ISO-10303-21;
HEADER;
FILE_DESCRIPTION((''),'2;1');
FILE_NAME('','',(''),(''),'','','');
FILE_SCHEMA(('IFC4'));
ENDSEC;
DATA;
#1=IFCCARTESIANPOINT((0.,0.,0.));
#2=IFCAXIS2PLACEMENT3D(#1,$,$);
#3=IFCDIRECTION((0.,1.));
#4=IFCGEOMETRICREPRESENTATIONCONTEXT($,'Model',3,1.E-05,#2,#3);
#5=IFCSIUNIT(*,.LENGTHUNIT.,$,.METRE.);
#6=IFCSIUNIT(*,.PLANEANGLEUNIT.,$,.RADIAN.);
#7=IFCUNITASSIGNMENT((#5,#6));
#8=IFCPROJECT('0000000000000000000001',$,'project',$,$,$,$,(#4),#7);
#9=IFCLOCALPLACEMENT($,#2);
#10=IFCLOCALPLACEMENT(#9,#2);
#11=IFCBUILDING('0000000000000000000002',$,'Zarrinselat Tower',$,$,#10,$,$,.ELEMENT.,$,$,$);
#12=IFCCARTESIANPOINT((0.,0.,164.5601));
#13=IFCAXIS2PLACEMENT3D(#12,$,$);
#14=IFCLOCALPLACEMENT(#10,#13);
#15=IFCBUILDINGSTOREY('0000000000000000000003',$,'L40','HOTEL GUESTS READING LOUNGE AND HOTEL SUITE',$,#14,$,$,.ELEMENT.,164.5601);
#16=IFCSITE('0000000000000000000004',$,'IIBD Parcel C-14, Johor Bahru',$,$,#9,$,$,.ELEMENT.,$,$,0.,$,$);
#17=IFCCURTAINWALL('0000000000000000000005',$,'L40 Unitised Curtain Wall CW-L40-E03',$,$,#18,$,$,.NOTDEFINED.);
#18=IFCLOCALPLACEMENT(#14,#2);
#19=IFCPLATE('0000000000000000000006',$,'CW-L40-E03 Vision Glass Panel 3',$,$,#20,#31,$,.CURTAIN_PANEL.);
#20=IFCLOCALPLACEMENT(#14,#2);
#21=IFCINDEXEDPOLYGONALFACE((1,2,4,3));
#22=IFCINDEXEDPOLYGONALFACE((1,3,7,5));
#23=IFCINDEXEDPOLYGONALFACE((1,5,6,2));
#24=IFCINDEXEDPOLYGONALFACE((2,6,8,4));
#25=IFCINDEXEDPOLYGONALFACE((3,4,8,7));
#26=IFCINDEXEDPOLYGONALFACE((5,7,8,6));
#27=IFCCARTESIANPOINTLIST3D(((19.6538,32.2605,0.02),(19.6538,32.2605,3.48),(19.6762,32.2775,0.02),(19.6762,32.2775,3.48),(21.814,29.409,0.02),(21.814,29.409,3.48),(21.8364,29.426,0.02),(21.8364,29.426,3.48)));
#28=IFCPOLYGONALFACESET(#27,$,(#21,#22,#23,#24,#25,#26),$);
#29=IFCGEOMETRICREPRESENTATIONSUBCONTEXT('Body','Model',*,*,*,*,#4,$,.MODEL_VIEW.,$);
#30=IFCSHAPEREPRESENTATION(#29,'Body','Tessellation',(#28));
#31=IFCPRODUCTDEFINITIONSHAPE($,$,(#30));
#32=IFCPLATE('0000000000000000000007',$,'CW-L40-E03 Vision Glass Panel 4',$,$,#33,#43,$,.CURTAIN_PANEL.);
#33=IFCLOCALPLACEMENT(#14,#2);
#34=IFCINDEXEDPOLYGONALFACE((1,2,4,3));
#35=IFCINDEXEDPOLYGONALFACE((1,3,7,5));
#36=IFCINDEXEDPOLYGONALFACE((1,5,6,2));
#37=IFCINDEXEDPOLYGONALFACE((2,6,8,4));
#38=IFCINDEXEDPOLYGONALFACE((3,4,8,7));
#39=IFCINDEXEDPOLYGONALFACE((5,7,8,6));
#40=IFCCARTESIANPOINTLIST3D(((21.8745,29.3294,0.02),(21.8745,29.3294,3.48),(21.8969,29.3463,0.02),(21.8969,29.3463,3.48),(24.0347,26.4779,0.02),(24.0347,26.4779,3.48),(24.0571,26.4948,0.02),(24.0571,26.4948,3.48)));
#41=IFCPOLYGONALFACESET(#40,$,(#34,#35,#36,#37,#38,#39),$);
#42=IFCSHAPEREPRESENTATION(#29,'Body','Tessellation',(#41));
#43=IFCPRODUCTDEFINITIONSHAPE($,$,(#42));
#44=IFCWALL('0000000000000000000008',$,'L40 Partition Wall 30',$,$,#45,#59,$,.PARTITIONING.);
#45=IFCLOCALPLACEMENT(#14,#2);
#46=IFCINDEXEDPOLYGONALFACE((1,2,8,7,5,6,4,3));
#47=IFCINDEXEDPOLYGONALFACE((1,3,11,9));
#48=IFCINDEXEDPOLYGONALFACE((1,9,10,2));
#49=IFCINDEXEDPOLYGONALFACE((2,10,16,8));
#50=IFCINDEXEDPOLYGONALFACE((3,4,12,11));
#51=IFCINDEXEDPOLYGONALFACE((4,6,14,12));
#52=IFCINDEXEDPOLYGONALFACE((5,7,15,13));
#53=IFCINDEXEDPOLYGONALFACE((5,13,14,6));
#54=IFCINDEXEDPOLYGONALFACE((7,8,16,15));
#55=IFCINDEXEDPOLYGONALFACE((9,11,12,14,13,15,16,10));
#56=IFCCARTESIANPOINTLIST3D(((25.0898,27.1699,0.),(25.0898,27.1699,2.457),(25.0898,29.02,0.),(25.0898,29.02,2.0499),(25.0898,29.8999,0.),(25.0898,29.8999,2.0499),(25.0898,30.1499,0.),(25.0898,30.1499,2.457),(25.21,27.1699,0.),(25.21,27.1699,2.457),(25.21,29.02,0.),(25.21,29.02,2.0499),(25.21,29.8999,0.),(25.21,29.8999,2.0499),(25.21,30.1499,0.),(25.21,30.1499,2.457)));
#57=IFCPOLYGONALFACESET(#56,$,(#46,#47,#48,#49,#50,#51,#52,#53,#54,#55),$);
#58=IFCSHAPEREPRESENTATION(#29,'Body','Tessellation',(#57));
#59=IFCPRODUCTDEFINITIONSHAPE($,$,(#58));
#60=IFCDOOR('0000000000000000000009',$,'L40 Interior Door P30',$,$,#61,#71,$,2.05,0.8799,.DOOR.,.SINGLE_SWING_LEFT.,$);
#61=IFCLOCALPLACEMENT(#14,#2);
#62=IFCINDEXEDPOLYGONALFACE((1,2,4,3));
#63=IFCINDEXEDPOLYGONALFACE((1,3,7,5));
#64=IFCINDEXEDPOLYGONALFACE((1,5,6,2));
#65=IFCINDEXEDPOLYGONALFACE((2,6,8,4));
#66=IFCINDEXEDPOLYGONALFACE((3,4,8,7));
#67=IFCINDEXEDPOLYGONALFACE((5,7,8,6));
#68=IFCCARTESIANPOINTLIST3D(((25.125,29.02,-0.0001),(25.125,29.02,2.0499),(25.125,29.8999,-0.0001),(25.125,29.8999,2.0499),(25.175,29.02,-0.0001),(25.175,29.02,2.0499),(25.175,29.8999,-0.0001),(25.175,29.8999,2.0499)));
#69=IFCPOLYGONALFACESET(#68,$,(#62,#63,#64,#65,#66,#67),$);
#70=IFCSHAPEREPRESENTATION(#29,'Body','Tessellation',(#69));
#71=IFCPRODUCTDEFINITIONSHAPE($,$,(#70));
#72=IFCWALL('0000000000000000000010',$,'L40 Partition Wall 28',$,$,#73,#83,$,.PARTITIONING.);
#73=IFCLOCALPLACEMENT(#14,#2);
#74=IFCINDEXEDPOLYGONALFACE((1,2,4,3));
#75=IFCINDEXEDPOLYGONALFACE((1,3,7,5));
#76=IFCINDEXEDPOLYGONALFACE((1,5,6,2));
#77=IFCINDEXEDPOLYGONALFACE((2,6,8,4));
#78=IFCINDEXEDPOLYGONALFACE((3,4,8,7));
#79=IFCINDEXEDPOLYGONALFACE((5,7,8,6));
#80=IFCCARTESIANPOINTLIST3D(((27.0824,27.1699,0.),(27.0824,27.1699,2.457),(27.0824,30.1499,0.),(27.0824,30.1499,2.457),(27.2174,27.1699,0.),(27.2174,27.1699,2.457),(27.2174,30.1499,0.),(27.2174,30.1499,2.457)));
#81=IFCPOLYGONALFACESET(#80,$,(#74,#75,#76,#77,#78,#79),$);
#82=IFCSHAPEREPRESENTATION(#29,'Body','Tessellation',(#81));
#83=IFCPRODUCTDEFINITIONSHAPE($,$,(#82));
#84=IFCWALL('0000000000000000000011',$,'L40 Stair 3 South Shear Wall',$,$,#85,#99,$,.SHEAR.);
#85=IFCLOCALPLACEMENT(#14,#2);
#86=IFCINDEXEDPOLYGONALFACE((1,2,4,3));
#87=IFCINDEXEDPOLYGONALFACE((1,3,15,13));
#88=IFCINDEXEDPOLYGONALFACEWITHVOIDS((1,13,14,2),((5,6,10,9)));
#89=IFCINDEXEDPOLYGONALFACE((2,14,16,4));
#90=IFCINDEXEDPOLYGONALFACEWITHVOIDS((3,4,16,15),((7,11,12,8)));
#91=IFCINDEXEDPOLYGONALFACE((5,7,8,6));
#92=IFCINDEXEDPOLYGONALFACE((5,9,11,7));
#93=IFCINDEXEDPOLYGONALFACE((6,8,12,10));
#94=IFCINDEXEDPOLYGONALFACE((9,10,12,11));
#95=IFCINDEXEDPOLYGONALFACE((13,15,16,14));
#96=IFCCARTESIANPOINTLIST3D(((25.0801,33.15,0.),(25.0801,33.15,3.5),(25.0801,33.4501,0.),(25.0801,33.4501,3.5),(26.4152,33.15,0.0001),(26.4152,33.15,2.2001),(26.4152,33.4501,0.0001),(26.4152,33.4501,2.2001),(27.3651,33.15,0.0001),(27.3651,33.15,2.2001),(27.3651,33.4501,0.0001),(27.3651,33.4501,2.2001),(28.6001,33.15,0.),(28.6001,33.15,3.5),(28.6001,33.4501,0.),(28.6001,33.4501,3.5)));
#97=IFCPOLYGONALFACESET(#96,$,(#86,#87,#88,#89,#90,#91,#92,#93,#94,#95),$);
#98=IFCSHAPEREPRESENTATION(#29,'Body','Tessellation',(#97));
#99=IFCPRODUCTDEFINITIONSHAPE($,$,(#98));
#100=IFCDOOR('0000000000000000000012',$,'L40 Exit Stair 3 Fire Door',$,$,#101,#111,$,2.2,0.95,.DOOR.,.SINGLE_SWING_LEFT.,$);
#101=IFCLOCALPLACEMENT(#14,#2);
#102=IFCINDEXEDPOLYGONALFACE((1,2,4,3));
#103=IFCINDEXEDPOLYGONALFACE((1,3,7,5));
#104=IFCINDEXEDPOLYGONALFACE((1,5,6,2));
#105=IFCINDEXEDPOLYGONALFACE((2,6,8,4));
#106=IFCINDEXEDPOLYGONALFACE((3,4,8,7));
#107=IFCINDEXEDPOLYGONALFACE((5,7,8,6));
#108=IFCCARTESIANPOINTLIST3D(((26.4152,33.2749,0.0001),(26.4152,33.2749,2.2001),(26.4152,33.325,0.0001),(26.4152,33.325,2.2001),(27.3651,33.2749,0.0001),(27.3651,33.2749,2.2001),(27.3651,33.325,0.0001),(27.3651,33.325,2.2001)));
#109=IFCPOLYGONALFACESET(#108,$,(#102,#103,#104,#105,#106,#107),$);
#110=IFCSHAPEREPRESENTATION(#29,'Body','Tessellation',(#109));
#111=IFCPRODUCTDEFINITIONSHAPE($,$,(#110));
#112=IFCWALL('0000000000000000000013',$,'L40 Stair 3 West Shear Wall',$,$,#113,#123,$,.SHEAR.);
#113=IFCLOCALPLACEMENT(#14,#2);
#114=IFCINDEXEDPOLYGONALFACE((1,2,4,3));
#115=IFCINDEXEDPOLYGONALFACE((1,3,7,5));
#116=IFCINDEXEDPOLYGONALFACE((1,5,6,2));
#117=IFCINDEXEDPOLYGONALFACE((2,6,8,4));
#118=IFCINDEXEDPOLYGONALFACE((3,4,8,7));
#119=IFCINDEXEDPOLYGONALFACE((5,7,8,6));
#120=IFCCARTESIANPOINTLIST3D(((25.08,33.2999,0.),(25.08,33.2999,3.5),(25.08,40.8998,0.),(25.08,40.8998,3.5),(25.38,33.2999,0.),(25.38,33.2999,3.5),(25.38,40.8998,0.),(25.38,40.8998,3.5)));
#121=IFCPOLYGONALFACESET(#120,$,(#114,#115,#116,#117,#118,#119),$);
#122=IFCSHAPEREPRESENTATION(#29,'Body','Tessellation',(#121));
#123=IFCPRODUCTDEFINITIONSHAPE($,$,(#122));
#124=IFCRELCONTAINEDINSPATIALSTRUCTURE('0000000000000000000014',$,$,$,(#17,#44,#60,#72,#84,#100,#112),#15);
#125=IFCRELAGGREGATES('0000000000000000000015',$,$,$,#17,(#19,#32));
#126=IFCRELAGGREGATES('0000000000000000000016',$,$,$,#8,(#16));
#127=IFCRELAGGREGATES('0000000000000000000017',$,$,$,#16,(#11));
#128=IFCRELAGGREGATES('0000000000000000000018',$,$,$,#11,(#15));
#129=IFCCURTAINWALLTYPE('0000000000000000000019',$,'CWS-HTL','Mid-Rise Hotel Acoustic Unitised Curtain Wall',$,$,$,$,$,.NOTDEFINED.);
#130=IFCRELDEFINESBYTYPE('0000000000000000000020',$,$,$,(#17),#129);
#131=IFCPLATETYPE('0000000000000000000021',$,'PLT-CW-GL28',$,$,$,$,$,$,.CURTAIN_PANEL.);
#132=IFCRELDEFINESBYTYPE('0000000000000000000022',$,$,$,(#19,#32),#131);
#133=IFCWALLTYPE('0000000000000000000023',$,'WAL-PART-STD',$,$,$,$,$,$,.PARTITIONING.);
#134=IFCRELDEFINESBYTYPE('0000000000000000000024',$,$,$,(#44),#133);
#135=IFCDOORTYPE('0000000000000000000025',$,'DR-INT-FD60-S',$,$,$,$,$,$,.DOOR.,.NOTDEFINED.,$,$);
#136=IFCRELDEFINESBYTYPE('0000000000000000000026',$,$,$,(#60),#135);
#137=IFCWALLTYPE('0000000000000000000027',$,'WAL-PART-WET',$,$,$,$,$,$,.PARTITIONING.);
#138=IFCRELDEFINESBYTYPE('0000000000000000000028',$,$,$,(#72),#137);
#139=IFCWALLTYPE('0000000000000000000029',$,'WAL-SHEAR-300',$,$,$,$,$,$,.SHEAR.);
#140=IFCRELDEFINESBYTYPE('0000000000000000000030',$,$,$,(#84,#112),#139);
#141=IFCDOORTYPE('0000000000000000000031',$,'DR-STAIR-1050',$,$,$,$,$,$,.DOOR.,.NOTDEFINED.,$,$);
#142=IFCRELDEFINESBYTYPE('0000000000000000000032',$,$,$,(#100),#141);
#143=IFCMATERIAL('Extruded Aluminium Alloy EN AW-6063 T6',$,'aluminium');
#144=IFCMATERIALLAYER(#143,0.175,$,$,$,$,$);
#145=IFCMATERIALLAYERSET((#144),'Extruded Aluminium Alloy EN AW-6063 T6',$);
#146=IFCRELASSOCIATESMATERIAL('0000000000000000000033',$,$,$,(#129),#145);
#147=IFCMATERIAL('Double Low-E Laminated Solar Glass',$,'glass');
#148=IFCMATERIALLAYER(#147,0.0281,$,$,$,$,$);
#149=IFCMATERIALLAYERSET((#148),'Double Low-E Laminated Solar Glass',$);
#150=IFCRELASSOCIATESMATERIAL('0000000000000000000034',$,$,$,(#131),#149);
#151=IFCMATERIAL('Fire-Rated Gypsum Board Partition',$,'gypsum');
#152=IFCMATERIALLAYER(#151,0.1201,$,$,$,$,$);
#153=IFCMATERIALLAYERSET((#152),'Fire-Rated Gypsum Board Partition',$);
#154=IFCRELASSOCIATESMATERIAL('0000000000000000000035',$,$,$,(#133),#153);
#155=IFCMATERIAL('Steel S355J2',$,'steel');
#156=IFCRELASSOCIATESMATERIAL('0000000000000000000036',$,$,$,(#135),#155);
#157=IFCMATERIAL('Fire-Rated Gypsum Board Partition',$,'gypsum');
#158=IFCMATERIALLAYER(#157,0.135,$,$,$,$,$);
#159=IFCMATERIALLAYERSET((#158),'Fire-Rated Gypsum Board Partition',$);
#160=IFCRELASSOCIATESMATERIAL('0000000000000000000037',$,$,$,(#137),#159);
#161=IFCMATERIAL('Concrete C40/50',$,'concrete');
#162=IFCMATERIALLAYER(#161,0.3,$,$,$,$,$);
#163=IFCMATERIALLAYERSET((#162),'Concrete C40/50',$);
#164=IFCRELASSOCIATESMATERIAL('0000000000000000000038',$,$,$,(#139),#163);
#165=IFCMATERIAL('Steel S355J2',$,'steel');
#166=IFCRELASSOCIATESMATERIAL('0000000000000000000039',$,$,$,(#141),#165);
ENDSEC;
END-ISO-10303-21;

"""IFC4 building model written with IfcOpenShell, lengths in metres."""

from ifc_helpers import new_model, si_unit, direction, frame, frame_2d, origin, origin_2d, place, context, subcontext, project, spatial, rectangle, extrude, material, layer, layer_set, type_object, element, fill, aggregate, save


model = new_model("IFC4")

# Units and contexts
model_context = context("Model", 3, precision=1e-05, world=origin(), true_north=direction((0.0, 1.0)))
body_context = subcontext(model_context, "Body", "Model", "MODEL_VIEW")
ifc_project = project(units=[si_unit("LENGTHUNIT", "METRE"), si_unit("PLANEANGLEUNIT", "RADIAN")], contexts=[model_context])

# Site, building, storey
site_placement = place(None, origin())
site = spatial("IfcSite", under=ifc_project, at=site_placement, Name="IIBD Parcel C-14, Johor Bahru", CompositionType="ELEMENT", RefElevation=0.0)
building_placement = place(site_placement, origin())
building = spatial("IfcBuilding", under=site, at=building_placement, Name="Zarrinselat Tower", CompositionType="ELEMENT")
storey_placement = place(building_placement, frame((0.0, 0.0, 164.5601)))
storey = spatial("IfcBuildingStorey", under=building, at=storey_placement, Name="L40", Description="HOTEL GUESTS READING LOUNGE AND HOTEL SUITE", CompositionType="ELEMENT", Elevation=164.5601)

# Curtain wall, plates
ifc_material_1 = material(Name="Extruded Aluminium Alloy EN AW-6063 T6", Category="aluminium")
ifc_layer_1 = layer(ifc_material_1, 0.175)
ifc_layer_set_1 = layer_set([ifc_layer_1], Name="Extruded Aluminium Alloy EN AW-6063 T6")
curtain_wall_type = type_object("IfcCurtainWallType", Name="CWS-HTL", Description="Mid-Rise Hotel Acoustic Unitised Curtain Wall", PredefinedType="NOTDEFINED", material=ifc_layer_set_1)
curtain_wall_placement = place(storey_placement, origin())
curtain_wall = element("IfcCurtainWall", 1, at=curtain_wall_placement, inside=storey, type_object=curtain_wall_type, Name="L40 Unitised Curtain Wall CW-L40-E03", PredefinedType="NOTDEFINED")
ifc_material_2 = material(Name="Double Low-E Laminated Solar Glass", Category="glass")
ifc_layer_2 = layer(ifc_material_2, 0.0281)
ifc_layer_set_2 = layer_set([ifc_layer_2], Name="Double Low-E Laminated Solar Glass")
plate_type = type_object("IfcPlateType", Name="PLT-CW-GL28", PredefinedType="CURTAIN_PANEL", material=ifc_layer_set_2)
plate_1_placement = place(storey_placement, frame((20.7451, 30.8433, 0.02), z_axis=(0.0, 0.0, 1.0), x_axis=(0.603858, -0.797092, 0.0)))
plate_1 = element("IfcPlate", 2, at=plate_1_placement, type_object=plate_type, Name="CW-L40-E03 Vision Glass Panel 3", PredefinedType="CURTAIN_PANEL", context=body_context, shape_type="SweptSolid", body=[
    extrude(rectangle(XDim=3.5774, YDim=0.0281, at=origin_2d()), origin(), (0.0, 0.0, 1.0), 3.46),
])
plate_2_placement = place(storey_placement, frame((22.9658, 27.9121, 0.02), z_axis=(0.0, 0.0, 1.0), x_axis=(0.603858, -0.797092, 0.0)))
plate_2 = element("IfcPlate", 3, at=plate_2_placement, type_object=plate_type, Name="CW-L40-E03 Vision Glass Panel 4", PredefinedType="CURTAIN_PANEL", context=body_context, shape_type="SweptSolid", body=[
    extrude(rectangle(XDim=3.5774, YDim=0.0281, at=origin_2d()), origin(), (0.0, 0.0, 1.0), 3.46),
])
aggregate(curtain_wall, [plate_1, plate_2])

# Wall, opening, door
ifc_material_3 = material(Name="Fire-Rated Gypsum Board Partition", Category="gypsum")
ifc_layer_3 = layer(ifc_material_3, 0.1201)
ifc_layer_set_3 = layer_set([ifc_layer_3], Name="Fire-Rated Gypsum Board Partition")
wall_type_1 = type_object("IfcWallType", Name="WAL-PART-STD", PredefinedType="PARTITIONING", material=ifc_layer_set_3)
wall_1_placement = place(storey_placement, frame((25.1499, 27.1699, 0.0), z_axis=(0.0, 0.0, 1.0), x_axis=(0.0, 1.0, 0.0)))
wall_1 = element("IfcWall", 4, at=wall_1_placement, inside=storey, type_object=wall_type_1, Name="L40 Partition Wall 30", PredefinedType="PARTITIONING", context=body_context, shape_type="SweptSolid", body=[
    extrude(rectangle(XDim=2.98, YDim=0.1201, at=frame_2d((1.49, 0.0))), origin(), (0.0, 0.0, 1.0), 2.457),
])
opening_1_placement = place(wall_1_placement, frame((1.8501, 0.0, 0.0)))
opening_1 = element("IfcOpeningElement", 5, at=opening_1_placement, cuts=wall_1, PredefinedType="OPENING", context=body_context, shape_type="SweptSolid", body=[
    extrude(rectangle(XDim=0.8799, YDim=2.05, at=frame_2d((0.4399, 1.0249))), frame((0.0, 0.0701, 0.0), z_axis=(0.0, -1.0, 0.0), x_axis=(1.0, 0.0, 0.0)), (0.0, 0.0, 1.0), 0.1401),
])
ifc_material_4 = material(Name="Steel S355J2", Category="steel")
door_type_1 = type_object("IfcDoorType", Name="DR-INT-FD60-S", OperationType="NOTDEFINED", PredefinedType="DOOR", material=ifc_material_4)
door_1_placement = place(opening_1_placement, origin())
door_1 = element("IfcDoor", 6, at=door_1_placement, inside=storey, type_object=door_type_1, Name="L40 Interior Door P30", OperationType="SINGLE_SWING_LEFT", OverallHeight=2.05, OverallWidth=0.8799, PredefinedType="DOOR", context=body_context, shape_type="SweptSolid", body=[
    extrude(rectangle(XDim=0.8799, YDim=2.05, at=frame_2d((0.4399, 1.0249))), frame((0.0, 0.0249, 0.0), z_axis=(0.0, -1.0, 0.0), x_axis=(1.0, 0.0, 0.0)), (0.0, 0.0, 1.0), 0.05),
])
fill(opening_1, door_1)

# Wall
ifc_material_5 = material(Name="Fire-Rated Gypsum Board Partition", Category="gypsum")
ifc_layer_4 = layer(ifc_material_5, 0.135)
ifc_layer_set_4 = layer_set([ifc_layer_4], Name="Fire-Rated Gypsum Board Partition")
wall_type_2 = type_object("IfcWallType", Name="WAL-PART-WET", PredefinedType="PARTITIONING", material=ifc_layer_set_4)
wall_2_placement = place(storey_placement, frame((27.1499, 27.1699, 0.0), z_axis=(0.0, 0.0, 1.0), x_axis=(0.0, 1.0, 0.0)))
element("IfcWall", 7, at=wall_2_placement, inside=storey, type_object=wall_type_2, Name="L40 Partition Wall 28", PredefinedType="PARTITIONING", context=body_context, shape_type="SweptSolid", body=[
    extrude(rectangle(XDim=2.98, YDim=0.135, at=frame_2d((1.49, 0.0))), origin(), (0.0, 0.0, 1.0), 2.457),
])

# Wall, opening, door
ifc_material_6 = material(Name="Concrete C40/50", Category="concrete")
ifc_layer_5 = layer(ifc_material_6, 0.3)
ifc_layer_set_5 = layer_set([ifc_layer_5], Name="Concrete C40/50")
wall_type_3 = type_object("IfcWallType", Name="WAL-SHEAR-300", PredefinedType="SHEAR", material=ifc_layer_set_5)
wall_3_placement = place(storey_placement, frame((25.0801, 33.3, 0.0), z_axis=(0.0, 0.0, 1.0), x_axis=(1.0, 0.0, 0.0)))
wall_3 = element("IfcWall", 8, at=wall_3_placement, inside=storey, type_object=wall_type_3, Name="L40 Stair 3 South Shear Wall", PredefinedType="SHEAR", context=body_context, shape_type="SweptSolid", body=[
    extrude(rectangle(XDim=3.52, YDim=0.3, at=frame_2d((1.76, 0.0))), origin(), (0.0, 0.0, 1.0), 3.5),
])
opening_2_placement = place(wall_3_placement, frame((1.335, 0.0, 0.0)))
opening_2 = element("IfcOpeningElement", 9, at=opening_2_placement, cuts=wall_3, PredefinedType="OPENING", context=body_context, shape_type="SweptSolid", body=[
    extrude(rectangle(XDim=0.95, YDim=2.2, at=frame_2d((0.4751, 1.1001))), frame((0.0, 0.1599, 0.0), z_axis=(0.0, -1.0, 0.0), x_axis=(1.0, 0.0, 0.0)), (0.0, 0.0, 1.0), 0.3201),
])
ifc_material_7 = material(Name="Steel S355J2", Category="steel")
door_type_2 = type_object("IfcDoorType", Name="DR-STAIR-1050", OperationType="NOTDEFINED", PredefinedType="DOOR", material=ifc_material_7)
door_2_placement = place(opening_2_placement, origin())
door_2 = element("IfcDoor", 10, at=door_2_placement, inside=storey, type_object=door_type_2, Name="L40 Exit Stair 3 Fire Door", OperationType="SINGLE_SWING_LEFT", OverallHeight=2.2, OverallWidth=0.95, PredefinedType="DOOR", context=body_context, shape_type="SweptSolid", body=[
    extrude(rectangle(XDim=0.95, YDim=2.2, at=frame_2d((0.4751, 1.1001))), frame((0.0, 0.0249, 0.0), z_axis=(0.0, -1.0, 0.0), x_axis=(1.0, 0.0, 0.0)), (0.0, 0.0, 1.0), 0.05),
])
fill(opening_2, door_2)

# Wall
wall_4_placement = place(storey_placement, frame((25.23, 33.3, 0.0), z_axis=(0.0, 0.0, 1.0), x_axis=(0.0, 1.0, 0.0)))
element("IfcWall", 11, at=wall_4_placement, inside=storey, type_object=wall_type_3, Name="L40 Stair 3 West Shear Wall", PredefinedType="SHEAR", context=body_context, shape_type="SweptSolid", body=[
    extrude(rectangle(XDim=7.5999, YDim=0.3, at=frame_2d((3.7998, 0.0))), origin(), (0.0, 0.0, 1.0), 3.5),
])

save(model, "model.ifc")
